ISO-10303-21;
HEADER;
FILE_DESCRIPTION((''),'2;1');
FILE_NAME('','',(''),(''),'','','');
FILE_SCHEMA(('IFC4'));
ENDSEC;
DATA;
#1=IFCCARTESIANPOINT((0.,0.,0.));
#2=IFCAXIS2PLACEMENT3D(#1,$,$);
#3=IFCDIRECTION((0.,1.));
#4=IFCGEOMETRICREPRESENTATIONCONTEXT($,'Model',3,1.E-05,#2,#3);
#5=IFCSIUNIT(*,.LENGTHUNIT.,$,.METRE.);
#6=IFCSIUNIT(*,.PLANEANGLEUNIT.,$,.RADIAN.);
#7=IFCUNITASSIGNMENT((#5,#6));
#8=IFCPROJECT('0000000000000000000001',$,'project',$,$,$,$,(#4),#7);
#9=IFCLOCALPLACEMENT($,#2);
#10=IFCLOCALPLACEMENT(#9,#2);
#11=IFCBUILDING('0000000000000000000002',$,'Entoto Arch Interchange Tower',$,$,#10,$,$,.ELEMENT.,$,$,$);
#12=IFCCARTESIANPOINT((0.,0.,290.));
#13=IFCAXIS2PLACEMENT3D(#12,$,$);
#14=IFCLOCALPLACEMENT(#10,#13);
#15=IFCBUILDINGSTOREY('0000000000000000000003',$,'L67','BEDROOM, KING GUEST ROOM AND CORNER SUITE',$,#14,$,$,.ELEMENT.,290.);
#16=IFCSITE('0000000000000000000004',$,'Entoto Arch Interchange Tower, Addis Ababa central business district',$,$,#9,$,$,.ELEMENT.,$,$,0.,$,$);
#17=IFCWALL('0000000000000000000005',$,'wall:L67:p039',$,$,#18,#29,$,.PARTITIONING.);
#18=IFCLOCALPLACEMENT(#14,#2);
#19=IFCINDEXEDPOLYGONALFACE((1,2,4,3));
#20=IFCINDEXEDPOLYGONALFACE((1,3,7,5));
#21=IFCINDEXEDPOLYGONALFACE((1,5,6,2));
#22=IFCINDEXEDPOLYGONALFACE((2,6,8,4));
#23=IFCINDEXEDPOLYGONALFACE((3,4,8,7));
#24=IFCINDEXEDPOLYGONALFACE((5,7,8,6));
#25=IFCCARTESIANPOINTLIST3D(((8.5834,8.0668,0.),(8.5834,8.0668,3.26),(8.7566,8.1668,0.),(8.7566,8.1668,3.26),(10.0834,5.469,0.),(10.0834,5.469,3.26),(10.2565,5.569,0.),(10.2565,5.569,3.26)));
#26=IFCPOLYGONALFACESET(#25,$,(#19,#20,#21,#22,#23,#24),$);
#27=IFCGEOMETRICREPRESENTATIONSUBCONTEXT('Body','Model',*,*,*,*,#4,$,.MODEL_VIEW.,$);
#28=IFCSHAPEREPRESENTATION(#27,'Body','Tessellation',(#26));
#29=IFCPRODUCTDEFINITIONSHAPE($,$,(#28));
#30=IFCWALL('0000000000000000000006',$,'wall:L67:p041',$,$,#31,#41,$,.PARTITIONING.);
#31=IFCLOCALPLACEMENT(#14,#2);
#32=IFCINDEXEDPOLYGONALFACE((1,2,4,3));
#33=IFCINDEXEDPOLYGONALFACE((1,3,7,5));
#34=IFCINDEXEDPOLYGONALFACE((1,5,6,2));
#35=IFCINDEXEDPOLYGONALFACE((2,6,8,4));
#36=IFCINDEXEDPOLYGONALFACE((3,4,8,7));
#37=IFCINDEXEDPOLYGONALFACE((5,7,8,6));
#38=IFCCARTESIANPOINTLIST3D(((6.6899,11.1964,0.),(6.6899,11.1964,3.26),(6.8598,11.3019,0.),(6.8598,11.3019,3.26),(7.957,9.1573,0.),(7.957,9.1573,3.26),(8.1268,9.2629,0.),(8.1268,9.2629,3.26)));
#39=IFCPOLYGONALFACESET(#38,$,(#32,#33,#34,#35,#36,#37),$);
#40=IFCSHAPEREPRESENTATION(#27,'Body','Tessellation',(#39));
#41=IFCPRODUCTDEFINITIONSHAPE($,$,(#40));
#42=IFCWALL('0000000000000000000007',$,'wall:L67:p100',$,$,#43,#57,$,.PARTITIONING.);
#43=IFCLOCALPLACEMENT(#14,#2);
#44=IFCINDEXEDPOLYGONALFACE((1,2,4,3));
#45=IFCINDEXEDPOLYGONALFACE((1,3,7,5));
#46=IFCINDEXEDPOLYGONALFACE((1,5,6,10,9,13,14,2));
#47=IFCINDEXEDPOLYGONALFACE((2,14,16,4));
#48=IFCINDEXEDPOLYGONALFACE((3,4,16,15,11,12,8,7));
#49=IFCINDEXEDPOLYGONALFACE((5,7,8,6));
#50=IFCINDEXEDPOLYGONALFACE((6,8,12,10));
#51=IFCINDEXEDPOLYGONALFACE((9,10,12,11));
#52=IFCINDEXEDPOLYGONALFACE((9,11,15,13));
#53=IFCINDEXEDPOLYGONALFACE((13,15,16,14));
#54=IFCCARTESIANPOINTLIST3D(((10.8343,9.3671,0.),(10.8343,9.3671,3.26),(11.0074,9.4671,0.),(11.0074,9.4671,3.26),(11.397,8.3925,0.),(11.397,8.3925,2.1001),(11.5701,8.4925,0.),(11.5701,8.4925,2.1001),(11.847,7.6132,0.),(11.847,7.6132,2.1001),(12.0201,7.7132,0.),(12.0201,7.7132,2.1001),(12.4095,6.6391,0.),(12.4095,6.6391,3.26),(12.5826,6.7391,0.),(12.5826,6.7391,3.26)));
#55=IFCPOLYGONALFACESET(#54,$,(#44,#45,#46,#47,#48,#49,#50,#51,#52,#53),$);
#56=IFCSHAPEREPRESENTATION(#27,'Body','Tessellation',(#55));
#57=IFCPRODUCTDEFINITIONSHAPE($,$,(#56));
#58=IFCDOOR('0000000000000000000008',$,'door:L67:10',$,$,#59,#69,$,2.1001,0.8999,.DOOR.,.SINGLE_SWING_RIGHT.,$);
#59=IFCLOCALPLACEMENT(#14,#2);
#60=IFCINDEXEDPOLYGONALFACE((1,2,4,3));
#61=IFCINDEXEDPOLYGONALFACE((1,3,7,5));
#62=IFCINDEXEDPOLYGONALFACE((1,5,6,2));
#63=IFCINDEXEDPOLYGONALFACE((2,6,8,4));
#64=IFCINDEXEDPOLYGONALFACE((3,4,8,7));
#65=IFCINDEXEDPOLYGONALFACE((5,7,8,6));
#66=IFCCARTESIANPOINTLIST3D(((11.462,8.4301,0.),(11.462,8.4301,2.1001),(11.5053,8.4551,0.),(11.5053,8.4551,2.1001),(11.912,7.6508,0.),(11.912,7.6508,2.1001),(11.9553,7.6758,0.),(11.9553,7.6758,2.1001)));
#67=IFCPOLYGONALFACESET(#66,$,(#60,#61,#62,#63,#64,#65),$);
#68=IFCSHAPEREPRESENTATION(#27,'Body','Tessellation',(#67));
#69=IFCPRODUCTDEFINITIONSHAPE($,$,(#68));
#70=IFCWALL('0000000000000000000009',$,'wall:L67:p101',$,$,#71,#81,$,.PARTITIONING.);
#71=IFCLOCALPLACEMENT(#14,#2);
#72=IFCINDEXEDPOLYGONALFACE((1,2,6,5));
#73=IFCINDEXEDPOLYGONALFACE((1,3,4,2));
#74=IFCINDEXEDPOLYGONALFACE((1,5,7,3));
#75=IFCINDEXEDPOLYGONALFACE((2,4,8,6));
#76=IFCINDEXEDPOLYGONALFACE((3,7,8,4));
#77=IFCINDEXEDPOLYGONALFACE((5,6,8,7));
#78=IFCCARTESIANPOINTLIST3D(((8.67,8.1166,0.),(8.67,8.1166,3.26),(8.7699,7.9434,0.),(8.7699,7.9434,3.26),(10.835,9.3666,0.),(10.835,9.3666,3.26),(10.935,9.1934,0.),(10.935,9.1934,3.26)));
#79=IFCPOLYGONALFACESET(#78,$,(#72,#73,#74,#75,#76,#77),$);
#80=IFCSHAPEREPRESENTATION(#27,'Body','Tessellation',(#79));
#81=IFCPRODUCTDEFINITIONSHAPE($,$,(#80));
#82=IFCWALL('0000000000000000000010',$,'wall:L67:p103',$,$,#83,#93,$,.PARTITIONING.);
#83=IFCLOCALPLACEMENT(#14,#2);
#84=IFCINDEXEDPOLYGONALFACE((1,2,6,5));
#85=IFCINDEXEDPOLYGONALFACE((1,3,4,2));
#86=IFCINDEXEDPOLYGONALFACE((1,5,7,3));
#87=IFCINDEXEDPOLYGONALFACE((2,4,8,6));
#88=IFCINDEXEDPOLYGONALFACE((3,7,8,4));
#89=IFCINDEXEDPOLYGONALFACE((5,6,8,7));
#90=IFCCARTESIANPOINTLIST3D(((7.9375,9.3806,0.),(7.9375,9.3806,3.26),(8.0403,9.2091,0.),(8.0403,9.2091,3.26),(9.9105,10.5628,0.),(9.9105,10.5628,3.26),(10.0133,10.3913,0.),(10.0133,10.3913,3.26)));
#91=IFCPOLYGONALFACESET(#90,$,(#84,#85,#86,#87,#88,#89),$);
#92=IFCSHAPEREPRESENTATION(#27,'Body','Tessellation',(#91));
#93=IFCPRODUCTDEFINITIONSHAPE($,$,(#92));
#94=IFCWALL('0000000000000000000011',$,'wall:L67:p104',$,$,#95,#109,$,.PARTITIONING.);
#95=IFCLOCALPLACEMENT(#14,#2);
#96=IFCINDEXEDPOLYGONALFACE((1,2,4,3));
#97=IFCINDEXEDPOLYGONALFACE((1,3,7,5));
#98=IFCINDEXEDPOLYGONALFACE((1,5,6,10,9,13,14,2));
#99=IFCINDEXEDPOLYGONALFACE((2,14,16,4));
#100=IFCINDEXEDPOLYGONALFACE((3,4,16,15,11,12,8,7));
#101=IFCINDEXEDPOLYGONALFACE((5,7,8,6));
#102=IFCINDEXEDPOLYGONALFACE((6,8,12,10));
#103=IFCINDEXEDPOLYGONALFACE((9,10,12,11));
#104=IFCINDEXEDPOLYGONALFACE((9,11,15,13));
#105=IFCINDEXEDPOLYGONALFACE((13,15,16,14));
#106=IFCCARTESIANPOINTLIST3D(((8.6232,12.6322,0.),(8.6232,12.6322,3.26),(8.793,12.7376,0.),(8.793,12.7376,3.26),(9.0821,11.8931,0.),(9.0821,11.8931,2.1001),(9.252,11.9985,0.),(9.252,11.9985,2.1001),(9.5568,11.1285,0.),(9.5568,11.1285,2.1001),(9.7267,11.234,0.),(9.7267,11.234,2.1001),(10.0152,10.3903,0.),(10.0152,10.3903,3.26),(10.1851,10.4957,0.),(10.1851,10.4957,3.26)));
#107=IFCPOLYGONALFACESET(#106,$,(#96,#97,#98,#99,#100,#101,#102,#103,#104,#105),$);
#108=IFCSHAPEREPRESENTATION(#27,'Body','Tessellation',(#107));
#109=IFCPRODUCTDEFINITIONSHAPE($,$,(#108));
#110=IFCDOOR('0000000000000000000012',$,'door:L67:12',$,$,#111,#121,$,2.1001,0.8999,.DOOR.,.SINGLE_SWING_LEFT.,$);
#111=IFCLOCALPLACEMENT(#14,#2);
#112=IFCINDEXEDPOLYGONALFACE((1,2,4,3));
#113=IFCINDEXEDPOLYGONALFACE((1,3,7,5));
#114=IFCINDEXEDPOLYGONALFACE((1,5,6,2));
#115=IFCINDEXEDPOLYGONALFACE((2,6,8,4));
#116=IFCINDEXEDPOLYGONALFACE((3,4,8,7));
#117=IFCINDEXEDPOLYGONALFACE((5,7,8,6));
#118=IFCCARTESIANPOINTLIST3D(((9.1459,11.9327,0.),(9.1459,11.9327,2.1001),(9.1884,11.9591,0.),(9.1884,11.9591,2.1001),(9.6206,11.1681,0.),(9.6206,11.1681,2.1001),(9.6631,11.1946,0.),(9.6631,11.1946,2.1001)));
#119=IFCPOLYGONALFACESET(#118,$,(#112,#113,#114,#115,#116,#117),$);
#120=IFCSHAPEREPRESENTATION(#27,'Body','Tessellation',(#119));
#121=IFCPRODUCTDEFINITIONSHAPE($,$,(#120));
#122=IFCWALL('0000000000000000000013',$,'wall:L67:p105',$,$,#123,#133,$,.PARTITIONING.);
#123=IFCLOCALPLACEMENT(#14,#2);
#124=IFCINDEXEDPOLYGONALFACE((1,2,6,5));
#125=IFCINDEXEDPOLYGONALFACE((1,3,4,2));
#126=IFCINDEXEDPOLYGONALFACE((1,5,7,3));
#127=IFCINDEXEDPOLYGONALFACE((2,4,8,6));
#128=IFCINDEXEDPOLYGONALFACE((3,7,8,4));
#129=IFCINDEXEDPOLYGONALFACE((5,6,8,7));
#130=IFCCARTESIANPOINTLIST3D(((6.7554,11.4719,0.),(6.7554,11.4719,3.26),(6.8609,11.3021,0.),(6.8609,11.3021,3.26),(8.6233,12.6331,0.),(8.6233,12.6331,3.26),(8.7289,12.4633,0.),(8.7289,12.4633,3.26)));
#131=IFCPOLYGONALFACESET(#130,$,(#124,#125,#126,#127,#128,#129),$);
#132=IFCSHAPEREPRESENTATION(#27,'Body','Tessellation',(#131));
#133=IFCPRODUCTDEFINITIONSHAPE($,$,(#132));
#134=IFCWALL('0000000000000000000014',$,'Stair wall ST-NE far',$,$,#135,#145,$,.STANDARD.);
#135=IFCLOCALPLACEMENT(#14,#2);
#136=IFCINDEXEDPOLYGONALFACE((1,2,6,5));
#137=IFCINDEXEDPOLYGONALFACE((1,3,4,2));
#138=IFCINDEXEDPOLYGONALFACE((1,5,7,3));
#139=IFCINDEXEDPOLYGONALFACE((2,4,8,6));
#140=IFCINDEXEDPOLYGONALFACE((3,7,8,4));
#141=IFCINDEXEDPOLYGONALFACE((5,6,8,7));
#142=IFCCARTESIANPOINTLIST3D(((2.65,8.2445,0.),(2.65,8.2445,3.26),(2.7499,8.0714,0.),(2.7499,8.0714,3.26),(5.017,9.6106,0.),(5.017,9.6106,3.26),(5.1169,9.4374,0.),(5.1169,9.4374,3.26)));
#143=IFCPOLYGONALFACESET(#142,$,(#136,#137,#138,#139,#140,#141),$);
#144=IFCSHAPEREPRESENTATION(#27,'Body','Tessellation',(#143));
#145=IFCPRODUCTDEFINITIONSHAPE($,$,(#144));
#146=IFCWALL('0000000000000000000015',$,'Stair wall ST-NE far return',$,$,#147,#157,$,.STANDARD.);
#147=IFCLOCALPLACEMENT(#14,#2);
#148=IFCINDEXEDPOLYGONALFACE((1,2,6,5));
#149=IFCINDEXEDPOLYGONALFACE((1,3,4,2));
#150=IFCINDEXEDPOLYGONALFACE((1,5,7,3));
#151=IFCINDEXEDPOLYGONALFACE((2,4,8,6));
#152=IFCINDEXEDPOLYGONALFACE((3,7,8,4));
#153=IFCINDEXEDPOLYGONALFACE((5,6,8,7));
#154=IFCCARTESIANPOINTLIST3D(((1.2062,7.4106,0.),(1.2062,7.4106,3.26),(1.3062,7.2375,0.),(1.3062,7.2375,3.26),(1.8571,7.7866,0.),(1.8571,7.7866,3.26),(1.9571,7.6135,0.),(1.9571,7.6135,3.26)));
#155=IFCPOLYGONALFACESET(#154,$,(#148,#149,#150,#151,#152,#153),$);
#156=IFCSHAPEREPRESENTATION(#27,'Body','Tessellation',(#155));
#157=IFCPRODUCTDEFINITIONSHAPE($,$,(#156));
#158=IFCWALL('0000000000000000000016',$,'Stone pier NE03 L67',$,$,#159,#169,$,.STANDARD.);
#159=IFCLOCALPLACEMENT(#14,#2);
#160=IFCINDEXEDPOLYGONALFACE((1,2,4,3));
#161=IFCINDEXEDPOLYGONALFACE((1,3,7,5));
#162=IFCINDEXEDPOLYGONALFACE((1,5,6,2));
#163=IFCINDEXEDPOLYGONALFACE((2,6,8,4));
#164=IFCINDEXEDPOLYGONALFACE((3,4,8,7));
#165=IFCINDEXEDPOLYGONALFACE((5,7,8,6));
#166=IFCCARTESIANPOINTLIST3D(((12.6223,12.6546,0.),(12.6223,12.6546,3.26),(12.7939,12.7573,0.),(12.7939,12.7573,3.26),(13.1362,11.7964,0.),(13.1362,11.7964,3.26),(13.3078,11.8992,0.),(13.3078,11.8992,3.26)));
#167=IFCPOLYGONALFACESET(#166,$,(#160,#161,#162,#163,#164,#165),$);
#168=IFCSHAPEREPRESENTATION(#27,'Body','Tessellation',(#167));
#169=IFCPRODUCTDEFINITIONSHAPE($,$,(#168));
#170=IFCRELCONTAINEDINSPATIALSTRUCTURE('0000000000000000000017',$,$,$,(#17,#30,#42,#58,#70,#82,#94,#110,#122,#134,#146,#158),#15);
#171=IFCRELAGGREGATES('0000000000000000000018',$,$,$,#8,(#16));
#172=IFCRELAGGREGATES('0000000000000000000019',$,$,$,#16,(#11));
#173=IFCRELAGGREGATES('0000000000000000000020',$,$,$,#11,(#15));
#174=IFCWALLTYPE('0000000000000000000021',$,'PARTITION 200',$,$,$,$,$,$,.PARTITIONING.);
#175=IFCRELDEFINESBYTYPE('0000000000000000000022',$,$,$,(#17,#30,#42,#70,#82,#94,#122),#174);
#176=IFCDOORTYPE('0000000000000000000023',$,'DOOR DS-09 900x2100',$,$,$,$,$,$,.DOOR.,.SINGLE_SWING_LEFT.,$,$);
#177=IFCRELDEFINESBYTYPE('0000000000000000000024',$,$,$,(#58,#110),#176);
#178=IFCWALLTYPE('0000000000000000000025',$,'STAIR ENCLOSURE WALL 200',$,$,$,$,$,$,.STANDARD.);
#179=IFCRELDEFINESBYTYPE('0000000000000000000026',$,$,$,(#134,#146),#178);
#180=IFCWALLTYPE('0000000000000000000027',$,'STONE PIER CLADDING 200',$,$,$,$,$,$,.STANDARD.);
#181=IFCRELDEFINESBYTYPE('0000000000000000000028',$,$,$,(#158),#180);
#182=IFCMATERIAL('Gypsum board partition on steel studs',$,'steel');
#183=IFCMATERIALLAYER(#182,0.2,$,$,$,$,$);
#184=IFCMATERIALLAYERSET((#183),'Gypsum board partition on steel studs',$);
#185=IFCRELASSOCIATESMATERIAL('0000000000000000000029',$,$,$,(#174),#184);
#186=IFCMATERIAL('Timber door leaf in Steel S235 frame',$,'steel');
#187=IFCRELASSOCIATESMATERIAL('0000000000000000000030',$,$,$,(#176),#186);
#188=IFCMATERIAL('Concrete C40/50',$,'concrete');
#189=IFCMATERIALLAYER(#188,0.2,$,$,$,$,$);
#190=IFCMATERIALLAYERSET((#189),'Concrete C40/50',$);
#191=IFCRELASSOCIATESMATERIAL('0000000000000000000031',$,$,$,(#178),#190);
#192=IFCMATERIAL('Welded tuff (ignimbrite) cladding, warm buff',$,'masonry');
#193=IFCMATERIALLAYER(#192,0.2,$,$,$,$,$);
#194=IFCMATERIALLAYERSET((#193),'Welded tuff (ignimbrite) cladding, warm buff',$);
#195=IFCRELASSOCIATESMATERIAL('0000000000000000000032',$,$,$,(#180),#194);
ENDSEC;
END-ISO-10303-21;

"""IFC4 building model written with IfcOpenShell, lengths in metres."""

from ifc_helpers import new_model, si_unit, direction, frame, frame_2d, origin, place, context, subcontext, project, spatial, rectangle, extrude, material, layer, layer_set, type_object, element, fill, save


model = new_model("IFC4")

# Units and contexts
model_context = context("Model", 3, precision=1e-05, world=origin(), true_north=direction((0.0, 1.0)))
body_context = subcontext(model_context, "Body", "Model", "MODEL_VIEW")
ifc_project = project(units=[si_unit("LENGTHUNIT", "METRE"), si_unit("PLANEANGLEUNIT", "RADIAN")], contexts=[model_context])

# Site, building, storey
site_placement = place(None, origin())
site = spatial("IfcSite", under=ifc_project, at=site_placement, Name="Entoto Arch Interchange Tower, Addis Ababa central business district", CompositionType="ELEMENT", RefElevation=0.0)
building_placement = place(site_placement, origin())
building = spatial("IfcBuilding", under=site, at=building_placement, Name="Entoto Arch Interchange Tower", CompositionType="ELEMENT")
storey_placement = place(building_placement, frame((0.0, 0.0, 290.0)))
storey = spatial("IfcBuildingStorey", under=building, at=storey_placement, Name="L67", Description="BEDROOM, KING GUEST ROOM AND CORNER SUITE", CompositionType="ELEMENT", Elevation=290.0)

# Shared definitions
ifc_material_1 = material(Name="Concrete C40/50", Category="concrete")

# Walls
ifc_material_2 = material(Name="Gypsum board partition on steel studs", Category="steel")
ifc_layer_1 = layer(ifc_material_2, 0.2)
ifc_layer_set_1 = layer_set([ifc_layer_1], Name="Gypsum board partition on steel studs")
wall_type_1 = type_object("IfcWallType", Name="PARTITION 200", PredefinedType="PARTITIONING", material=ifc_layer_set_1)
wall_1_placement = place(storey_placement, frame((8.6699, 8.1169, 0.0), z_axis=(0.0, 0.0, 1.0), x_axis=(0.500025, -0.866011, 0.0)))
element("IfcWall", 1, at=wall_1_placement, inside=storey, type_object=wall_type_1, Name="wall:L67:p039", PredefinedType="PARTITIONING", context=body_context, shape_type="SweptSolid", body=[
    extrude(rectangle(XDim=2.9998, YDim=0.2, at=frame_2d((1.5, 0.0))), origin(), (0.0, 0.0, 1.0), 3.26),
])
wall_2_placement = place(storey_placement, frame((6.7749, 11.249, 0.0), z_axis=(0.0, 0.0, 1.0), x_axis=(0.527803, -0.849367, 0.0)))
element("IfcWall", 2, at=wall_2_placement, inside=storey, type_object=wall_type_1, Name="wall:L67:p041", PredefinedType="PARTITIONING", context=body_context, shape_type="SweptSolid", body=[
    extrude(rectangle(XDim=2.4006, YDim=0.2, at=frame_2d((1.2002, 0.0))), origin(), (0.0, 0.0, 1.0), 3.26),
])

# Wall, opening, door
wall_3_placement = place(storey_placement, frame((12.4961, 6.689, 0.0), z_axis=(0.0, 0.0, 1.0), x_axis=(-0.50004, 0.866002, 0.0)))
wall_3 = element("IfcWall", 3, at=wall_3_placement, inside=storey, type_object=wall_type_1, Name="wall:L67:p100", PredefinedType="PARTITIONING", context=body_context, shape_type="SweptSolid", body=[
    extrude(rectangle(XDim=3.1501, YDim=0.2, at=frame_2d((1.5752, 0.0))), origin(), (0.0, 0.0, 1.0), 3.26),
])
opening_1_placement = place(wall_3_placement, frame((1.125, 0.0, 0.0)))
opening_1 = element("IfcOpeningElement", 4, at=opening_1_placement, cuts=wall_3, PredefinedType="OPENING", context=body_context, shape_type="SweptSolid", body=[
    extrude(rectangle(XDim=0.8999, YDim=2.1001, at=frame_2d((0.45, 1.05))), frame((0.0, 0.1099, 0.0), z_axis=(0.0, -1.0, 0.0), x_axis=(1.0, 0.0, 0.0)), (0.0, 0.0, 1.0), 0.22),
])
ifc_material_3 = material(Name="Timber door leaf in Steel S235 frame", Category="steel")
door_type_1 = type_object("IfcDoorType", Name="DOOR DS-09 900x2100", OperationType="SINGLE_SWING_LEFT", PredefinedType="DOOR", material=ifc_material_3)
door_1_placement = place(opening_1_placement, origin())
door_1 = element("IfcDoor", 5, at=door_1_placement, inside=storey, type_object=door_type_1, Name="door:L67:10", OperationType="SINGLE_SWING_RIGHT", OverallHeight=2.1001, OverallWidth=0.8999, PredefinedType="DOOR", context=body_context, shape_type="SweptSolid", body=[
    extrude(rectangle(XDim=0.8999, YDim=2.1001, at=frame_2d((0.45, 1.05))), frame((0.0, 0.0249, 0.0), z_axis=(0.0, -1.0, 0.0), x_axis=(1.0, 0.0, 0.0)), (0.0, 0.0, 1.0), 0.05),
])
fill(opening_1, door_1)

# Walls
wall_4_placement = place(storey_placement, frame((10.885, 9.28, 0.0), z_axis=(0.0, 0.0, 1.0), x_axis=(-0.866023, -0.500004, 0.0)))
element("IfcWall", 6, at=wall_4_placement, inside=storey, type_object=wall_type_1, Name="wall:L67:p101", PredefinedType="PARTITIONING", context=body_context, shape_type="SweptSolid", body=[
    extrude(rectangle(XDim=2.5, YDim=0.2, at=frame_2d((1.25, 0.0))), origin(), (0.0, 0.0, 1.0), 3.26),
])
wall_5_placement = place(storey_placement, frame((7.989, 9.2949, 0.0), z_axis=(0.0, 0.0, 1.0), x_axis=(0.857802, 0.513981, 0.0)))
element("IfcWall", 7, at=wall_5_placement, inside=storey, type_object=wall_type_1, Name="wall:L67:p103", PredefinedType="PARTITIONING", context=body_context, shape_type="SweptSolid", body=[
    extrude(rectangle(XDim=2.3, YDim=0.2, at=frame_2d((1.1499, 0.0))), origin(), (0.0, 0.0, 1.0), 3.26),
])

# Wall, opening, door
wall_6_placement = place(storey_placement, frame((10.1001, 10.4431, 0.0), z_axis=(0.0, 0.0, 1.0), x_axis=(-0.52751, 0.849549, 0.0)))
wall_6 = element("IfcWall", 8, at=wall_6_placement, inside=storey, type_object=wall_type_1, Name="wall:L67:p104", PredefinedType="PARTITIONING", context=body_context, shape_type="SweptSolid", body=[
    extrude(rectangle(XDim=2.6389, YDim=0.2, at=frame_2d((1.3193, 0.0))), origin(), (0.0, 0.0, 1.0), 3.26),
])
opening_2_placement = place(wall_6_placement, frame((0.8689, 0.0, 0.0)))
opening_2 = element("IfcOpeningElement", 9, at=opening_2_placement, cuts=wall_6, PredefinedType="OPENING", context=body_context, shape_type="SweptSolid", body=[
    extrude(rectangle(XDim=0.8999, YDim=2.1001, at=frame_2d((0.45, 1.05))), frame((0.0, 0.1099, 0.0), z_axis=(0.0, -1.0, 0.0), x_axis=(1.0, 0.0, 0.0)), (0.0, 0.0, 1.0), 0.22),
])
door_2_placement = place(opening_2_placement, origin())
door_2 = element("IfcDoor", 10, at=door_2_placement, inside=storey, type_object=door_type_1, Name="door:L67:12", OperationType="SINGLE_SWING_LEFT", OverallHeight=2.1001, OverallWidth=0.8999, PredefinedType="DOOR", context=body_context, shape_type="SweptSolid", body=[
    extrude(rectangle(XDim=0.8999, YDim=2.1001, at=frame_2d((0.45, 1.05))), frame((0.0, 0.0249, 0.0), z_axis=(0.0, -1.0, 0.0), x_axis=(1.0, 0.0, 0.0)), (0.0, 0.0, 1.0), 0.05),
])
fill(opening_2, door_2)

# Walls
wall_7_placement = place(storey_placement, frame((8.676, 12.5481, 0.0), z_axis=(0.0, 0.0, 1.0), x_axis=(-0.849287, -0.527932, 0.0)))
element("IfcWall", 11, at=wall_7_placement, inside=storey, type_object=wall_type_1, Name="wall:L67:p105", PredefinedType="PARTITIONING", context=body_context, shape_type="SweptSolid", body=[
    extrude(rectangle(XDim=2.1995, YDim=0.2, at=frame_2d((1.0996, 0.0))), origin(), (0.0, 0.0, 1.0), 3.26),
])
ifc_layer_2 = layer(ifc_material_1, 0.2)
ifc_layer_set_2 = layer_set([ifc_layer_2], Name="Concrete C40/50")
wall_type_2 = type_object("IfcWallType", Name="STAIR ENCLOSURE WALL 200", PredefinedType="STANDARD", material=ifc_layer_set_2)
wall_8_placement = place(storey_placement, frame((2.7, 8.158, 0.0), z_axis=(0.0, 0.0, 1.0), x_axis=(0.866119, 0.499838, 0.0)))
element("IfcWall", 12, at=wall_8_placement, inside=storey, type_object=wall_type_2, Name="Stair wall ST-NE far", PredefinedType="STANDARD", context=body_context, shape_type="SweptSolid", body=[
    extrude(rectangle(XDim=2.7329, YDim=0.2, at=frame_2d((1.3665, 0.0))), origin(), (0.0, 0.0, 1.0), 3.26),
])
wall_9_placement = place(storey_placement, frame((1.2561, 7.324, 0.0), z_axis=(0.0, 0.0, 1.0), x_axis=(0.865915, 0.500191, 0.0)))
element("IfcWall", 13, at=wall_9_placement, inside=storey, type_object=wall_type_2, Name="Stair wall ST-NE far return", PredefinedType="STANDARD", context=body_context, shape_type="SweptSolid", body=[
    extrude(rectangle(XDim=0.7517, YDim=0.2, at=frame_2d((0.376, 0.0))), origin(), (0.0, 0.0, 1.0), 3.26),
])
ifc_material_4 = material(Name="Welded tuff (ignimbrite) cladding, warm buff", Category="masonry")
ifc_layer_3 = layer(ifc_material_4, 0.2)
ifc_layer_set_3 = layer_set([ifc_layer_3], Name="Welded tuff (ignimbrite) cladding, warm buff")
wall_type_3 = type_object("IfcWallType", Name="STONE PIER CLADDING 200", PredefinedType="STANDARD", material=ifc_layer_set_3)
wall_10_placement = place(storey_placement, frame((13.2219, 11.8479, 0.0), z_axis=(0.0, 0.0, 1.0), x_axis=(-0.513778, 0.857923, 0.0)))
element("IfcWall", 14, at=wall_10_placement, inside=storey, type_object=wall_type_3, Name="Stone pier NE03 L67", PredefinedType="STANDARD", context=body_context, shape_type="SweptSolid", body=[
    extrude(rectangle(XDim=1.0002, YDim=0.2, at=frame_2d((0.5, 0.0))), origin(), (0.0, 0.0, 1.0), 3.26),
])

save(model, "model.ifc")
